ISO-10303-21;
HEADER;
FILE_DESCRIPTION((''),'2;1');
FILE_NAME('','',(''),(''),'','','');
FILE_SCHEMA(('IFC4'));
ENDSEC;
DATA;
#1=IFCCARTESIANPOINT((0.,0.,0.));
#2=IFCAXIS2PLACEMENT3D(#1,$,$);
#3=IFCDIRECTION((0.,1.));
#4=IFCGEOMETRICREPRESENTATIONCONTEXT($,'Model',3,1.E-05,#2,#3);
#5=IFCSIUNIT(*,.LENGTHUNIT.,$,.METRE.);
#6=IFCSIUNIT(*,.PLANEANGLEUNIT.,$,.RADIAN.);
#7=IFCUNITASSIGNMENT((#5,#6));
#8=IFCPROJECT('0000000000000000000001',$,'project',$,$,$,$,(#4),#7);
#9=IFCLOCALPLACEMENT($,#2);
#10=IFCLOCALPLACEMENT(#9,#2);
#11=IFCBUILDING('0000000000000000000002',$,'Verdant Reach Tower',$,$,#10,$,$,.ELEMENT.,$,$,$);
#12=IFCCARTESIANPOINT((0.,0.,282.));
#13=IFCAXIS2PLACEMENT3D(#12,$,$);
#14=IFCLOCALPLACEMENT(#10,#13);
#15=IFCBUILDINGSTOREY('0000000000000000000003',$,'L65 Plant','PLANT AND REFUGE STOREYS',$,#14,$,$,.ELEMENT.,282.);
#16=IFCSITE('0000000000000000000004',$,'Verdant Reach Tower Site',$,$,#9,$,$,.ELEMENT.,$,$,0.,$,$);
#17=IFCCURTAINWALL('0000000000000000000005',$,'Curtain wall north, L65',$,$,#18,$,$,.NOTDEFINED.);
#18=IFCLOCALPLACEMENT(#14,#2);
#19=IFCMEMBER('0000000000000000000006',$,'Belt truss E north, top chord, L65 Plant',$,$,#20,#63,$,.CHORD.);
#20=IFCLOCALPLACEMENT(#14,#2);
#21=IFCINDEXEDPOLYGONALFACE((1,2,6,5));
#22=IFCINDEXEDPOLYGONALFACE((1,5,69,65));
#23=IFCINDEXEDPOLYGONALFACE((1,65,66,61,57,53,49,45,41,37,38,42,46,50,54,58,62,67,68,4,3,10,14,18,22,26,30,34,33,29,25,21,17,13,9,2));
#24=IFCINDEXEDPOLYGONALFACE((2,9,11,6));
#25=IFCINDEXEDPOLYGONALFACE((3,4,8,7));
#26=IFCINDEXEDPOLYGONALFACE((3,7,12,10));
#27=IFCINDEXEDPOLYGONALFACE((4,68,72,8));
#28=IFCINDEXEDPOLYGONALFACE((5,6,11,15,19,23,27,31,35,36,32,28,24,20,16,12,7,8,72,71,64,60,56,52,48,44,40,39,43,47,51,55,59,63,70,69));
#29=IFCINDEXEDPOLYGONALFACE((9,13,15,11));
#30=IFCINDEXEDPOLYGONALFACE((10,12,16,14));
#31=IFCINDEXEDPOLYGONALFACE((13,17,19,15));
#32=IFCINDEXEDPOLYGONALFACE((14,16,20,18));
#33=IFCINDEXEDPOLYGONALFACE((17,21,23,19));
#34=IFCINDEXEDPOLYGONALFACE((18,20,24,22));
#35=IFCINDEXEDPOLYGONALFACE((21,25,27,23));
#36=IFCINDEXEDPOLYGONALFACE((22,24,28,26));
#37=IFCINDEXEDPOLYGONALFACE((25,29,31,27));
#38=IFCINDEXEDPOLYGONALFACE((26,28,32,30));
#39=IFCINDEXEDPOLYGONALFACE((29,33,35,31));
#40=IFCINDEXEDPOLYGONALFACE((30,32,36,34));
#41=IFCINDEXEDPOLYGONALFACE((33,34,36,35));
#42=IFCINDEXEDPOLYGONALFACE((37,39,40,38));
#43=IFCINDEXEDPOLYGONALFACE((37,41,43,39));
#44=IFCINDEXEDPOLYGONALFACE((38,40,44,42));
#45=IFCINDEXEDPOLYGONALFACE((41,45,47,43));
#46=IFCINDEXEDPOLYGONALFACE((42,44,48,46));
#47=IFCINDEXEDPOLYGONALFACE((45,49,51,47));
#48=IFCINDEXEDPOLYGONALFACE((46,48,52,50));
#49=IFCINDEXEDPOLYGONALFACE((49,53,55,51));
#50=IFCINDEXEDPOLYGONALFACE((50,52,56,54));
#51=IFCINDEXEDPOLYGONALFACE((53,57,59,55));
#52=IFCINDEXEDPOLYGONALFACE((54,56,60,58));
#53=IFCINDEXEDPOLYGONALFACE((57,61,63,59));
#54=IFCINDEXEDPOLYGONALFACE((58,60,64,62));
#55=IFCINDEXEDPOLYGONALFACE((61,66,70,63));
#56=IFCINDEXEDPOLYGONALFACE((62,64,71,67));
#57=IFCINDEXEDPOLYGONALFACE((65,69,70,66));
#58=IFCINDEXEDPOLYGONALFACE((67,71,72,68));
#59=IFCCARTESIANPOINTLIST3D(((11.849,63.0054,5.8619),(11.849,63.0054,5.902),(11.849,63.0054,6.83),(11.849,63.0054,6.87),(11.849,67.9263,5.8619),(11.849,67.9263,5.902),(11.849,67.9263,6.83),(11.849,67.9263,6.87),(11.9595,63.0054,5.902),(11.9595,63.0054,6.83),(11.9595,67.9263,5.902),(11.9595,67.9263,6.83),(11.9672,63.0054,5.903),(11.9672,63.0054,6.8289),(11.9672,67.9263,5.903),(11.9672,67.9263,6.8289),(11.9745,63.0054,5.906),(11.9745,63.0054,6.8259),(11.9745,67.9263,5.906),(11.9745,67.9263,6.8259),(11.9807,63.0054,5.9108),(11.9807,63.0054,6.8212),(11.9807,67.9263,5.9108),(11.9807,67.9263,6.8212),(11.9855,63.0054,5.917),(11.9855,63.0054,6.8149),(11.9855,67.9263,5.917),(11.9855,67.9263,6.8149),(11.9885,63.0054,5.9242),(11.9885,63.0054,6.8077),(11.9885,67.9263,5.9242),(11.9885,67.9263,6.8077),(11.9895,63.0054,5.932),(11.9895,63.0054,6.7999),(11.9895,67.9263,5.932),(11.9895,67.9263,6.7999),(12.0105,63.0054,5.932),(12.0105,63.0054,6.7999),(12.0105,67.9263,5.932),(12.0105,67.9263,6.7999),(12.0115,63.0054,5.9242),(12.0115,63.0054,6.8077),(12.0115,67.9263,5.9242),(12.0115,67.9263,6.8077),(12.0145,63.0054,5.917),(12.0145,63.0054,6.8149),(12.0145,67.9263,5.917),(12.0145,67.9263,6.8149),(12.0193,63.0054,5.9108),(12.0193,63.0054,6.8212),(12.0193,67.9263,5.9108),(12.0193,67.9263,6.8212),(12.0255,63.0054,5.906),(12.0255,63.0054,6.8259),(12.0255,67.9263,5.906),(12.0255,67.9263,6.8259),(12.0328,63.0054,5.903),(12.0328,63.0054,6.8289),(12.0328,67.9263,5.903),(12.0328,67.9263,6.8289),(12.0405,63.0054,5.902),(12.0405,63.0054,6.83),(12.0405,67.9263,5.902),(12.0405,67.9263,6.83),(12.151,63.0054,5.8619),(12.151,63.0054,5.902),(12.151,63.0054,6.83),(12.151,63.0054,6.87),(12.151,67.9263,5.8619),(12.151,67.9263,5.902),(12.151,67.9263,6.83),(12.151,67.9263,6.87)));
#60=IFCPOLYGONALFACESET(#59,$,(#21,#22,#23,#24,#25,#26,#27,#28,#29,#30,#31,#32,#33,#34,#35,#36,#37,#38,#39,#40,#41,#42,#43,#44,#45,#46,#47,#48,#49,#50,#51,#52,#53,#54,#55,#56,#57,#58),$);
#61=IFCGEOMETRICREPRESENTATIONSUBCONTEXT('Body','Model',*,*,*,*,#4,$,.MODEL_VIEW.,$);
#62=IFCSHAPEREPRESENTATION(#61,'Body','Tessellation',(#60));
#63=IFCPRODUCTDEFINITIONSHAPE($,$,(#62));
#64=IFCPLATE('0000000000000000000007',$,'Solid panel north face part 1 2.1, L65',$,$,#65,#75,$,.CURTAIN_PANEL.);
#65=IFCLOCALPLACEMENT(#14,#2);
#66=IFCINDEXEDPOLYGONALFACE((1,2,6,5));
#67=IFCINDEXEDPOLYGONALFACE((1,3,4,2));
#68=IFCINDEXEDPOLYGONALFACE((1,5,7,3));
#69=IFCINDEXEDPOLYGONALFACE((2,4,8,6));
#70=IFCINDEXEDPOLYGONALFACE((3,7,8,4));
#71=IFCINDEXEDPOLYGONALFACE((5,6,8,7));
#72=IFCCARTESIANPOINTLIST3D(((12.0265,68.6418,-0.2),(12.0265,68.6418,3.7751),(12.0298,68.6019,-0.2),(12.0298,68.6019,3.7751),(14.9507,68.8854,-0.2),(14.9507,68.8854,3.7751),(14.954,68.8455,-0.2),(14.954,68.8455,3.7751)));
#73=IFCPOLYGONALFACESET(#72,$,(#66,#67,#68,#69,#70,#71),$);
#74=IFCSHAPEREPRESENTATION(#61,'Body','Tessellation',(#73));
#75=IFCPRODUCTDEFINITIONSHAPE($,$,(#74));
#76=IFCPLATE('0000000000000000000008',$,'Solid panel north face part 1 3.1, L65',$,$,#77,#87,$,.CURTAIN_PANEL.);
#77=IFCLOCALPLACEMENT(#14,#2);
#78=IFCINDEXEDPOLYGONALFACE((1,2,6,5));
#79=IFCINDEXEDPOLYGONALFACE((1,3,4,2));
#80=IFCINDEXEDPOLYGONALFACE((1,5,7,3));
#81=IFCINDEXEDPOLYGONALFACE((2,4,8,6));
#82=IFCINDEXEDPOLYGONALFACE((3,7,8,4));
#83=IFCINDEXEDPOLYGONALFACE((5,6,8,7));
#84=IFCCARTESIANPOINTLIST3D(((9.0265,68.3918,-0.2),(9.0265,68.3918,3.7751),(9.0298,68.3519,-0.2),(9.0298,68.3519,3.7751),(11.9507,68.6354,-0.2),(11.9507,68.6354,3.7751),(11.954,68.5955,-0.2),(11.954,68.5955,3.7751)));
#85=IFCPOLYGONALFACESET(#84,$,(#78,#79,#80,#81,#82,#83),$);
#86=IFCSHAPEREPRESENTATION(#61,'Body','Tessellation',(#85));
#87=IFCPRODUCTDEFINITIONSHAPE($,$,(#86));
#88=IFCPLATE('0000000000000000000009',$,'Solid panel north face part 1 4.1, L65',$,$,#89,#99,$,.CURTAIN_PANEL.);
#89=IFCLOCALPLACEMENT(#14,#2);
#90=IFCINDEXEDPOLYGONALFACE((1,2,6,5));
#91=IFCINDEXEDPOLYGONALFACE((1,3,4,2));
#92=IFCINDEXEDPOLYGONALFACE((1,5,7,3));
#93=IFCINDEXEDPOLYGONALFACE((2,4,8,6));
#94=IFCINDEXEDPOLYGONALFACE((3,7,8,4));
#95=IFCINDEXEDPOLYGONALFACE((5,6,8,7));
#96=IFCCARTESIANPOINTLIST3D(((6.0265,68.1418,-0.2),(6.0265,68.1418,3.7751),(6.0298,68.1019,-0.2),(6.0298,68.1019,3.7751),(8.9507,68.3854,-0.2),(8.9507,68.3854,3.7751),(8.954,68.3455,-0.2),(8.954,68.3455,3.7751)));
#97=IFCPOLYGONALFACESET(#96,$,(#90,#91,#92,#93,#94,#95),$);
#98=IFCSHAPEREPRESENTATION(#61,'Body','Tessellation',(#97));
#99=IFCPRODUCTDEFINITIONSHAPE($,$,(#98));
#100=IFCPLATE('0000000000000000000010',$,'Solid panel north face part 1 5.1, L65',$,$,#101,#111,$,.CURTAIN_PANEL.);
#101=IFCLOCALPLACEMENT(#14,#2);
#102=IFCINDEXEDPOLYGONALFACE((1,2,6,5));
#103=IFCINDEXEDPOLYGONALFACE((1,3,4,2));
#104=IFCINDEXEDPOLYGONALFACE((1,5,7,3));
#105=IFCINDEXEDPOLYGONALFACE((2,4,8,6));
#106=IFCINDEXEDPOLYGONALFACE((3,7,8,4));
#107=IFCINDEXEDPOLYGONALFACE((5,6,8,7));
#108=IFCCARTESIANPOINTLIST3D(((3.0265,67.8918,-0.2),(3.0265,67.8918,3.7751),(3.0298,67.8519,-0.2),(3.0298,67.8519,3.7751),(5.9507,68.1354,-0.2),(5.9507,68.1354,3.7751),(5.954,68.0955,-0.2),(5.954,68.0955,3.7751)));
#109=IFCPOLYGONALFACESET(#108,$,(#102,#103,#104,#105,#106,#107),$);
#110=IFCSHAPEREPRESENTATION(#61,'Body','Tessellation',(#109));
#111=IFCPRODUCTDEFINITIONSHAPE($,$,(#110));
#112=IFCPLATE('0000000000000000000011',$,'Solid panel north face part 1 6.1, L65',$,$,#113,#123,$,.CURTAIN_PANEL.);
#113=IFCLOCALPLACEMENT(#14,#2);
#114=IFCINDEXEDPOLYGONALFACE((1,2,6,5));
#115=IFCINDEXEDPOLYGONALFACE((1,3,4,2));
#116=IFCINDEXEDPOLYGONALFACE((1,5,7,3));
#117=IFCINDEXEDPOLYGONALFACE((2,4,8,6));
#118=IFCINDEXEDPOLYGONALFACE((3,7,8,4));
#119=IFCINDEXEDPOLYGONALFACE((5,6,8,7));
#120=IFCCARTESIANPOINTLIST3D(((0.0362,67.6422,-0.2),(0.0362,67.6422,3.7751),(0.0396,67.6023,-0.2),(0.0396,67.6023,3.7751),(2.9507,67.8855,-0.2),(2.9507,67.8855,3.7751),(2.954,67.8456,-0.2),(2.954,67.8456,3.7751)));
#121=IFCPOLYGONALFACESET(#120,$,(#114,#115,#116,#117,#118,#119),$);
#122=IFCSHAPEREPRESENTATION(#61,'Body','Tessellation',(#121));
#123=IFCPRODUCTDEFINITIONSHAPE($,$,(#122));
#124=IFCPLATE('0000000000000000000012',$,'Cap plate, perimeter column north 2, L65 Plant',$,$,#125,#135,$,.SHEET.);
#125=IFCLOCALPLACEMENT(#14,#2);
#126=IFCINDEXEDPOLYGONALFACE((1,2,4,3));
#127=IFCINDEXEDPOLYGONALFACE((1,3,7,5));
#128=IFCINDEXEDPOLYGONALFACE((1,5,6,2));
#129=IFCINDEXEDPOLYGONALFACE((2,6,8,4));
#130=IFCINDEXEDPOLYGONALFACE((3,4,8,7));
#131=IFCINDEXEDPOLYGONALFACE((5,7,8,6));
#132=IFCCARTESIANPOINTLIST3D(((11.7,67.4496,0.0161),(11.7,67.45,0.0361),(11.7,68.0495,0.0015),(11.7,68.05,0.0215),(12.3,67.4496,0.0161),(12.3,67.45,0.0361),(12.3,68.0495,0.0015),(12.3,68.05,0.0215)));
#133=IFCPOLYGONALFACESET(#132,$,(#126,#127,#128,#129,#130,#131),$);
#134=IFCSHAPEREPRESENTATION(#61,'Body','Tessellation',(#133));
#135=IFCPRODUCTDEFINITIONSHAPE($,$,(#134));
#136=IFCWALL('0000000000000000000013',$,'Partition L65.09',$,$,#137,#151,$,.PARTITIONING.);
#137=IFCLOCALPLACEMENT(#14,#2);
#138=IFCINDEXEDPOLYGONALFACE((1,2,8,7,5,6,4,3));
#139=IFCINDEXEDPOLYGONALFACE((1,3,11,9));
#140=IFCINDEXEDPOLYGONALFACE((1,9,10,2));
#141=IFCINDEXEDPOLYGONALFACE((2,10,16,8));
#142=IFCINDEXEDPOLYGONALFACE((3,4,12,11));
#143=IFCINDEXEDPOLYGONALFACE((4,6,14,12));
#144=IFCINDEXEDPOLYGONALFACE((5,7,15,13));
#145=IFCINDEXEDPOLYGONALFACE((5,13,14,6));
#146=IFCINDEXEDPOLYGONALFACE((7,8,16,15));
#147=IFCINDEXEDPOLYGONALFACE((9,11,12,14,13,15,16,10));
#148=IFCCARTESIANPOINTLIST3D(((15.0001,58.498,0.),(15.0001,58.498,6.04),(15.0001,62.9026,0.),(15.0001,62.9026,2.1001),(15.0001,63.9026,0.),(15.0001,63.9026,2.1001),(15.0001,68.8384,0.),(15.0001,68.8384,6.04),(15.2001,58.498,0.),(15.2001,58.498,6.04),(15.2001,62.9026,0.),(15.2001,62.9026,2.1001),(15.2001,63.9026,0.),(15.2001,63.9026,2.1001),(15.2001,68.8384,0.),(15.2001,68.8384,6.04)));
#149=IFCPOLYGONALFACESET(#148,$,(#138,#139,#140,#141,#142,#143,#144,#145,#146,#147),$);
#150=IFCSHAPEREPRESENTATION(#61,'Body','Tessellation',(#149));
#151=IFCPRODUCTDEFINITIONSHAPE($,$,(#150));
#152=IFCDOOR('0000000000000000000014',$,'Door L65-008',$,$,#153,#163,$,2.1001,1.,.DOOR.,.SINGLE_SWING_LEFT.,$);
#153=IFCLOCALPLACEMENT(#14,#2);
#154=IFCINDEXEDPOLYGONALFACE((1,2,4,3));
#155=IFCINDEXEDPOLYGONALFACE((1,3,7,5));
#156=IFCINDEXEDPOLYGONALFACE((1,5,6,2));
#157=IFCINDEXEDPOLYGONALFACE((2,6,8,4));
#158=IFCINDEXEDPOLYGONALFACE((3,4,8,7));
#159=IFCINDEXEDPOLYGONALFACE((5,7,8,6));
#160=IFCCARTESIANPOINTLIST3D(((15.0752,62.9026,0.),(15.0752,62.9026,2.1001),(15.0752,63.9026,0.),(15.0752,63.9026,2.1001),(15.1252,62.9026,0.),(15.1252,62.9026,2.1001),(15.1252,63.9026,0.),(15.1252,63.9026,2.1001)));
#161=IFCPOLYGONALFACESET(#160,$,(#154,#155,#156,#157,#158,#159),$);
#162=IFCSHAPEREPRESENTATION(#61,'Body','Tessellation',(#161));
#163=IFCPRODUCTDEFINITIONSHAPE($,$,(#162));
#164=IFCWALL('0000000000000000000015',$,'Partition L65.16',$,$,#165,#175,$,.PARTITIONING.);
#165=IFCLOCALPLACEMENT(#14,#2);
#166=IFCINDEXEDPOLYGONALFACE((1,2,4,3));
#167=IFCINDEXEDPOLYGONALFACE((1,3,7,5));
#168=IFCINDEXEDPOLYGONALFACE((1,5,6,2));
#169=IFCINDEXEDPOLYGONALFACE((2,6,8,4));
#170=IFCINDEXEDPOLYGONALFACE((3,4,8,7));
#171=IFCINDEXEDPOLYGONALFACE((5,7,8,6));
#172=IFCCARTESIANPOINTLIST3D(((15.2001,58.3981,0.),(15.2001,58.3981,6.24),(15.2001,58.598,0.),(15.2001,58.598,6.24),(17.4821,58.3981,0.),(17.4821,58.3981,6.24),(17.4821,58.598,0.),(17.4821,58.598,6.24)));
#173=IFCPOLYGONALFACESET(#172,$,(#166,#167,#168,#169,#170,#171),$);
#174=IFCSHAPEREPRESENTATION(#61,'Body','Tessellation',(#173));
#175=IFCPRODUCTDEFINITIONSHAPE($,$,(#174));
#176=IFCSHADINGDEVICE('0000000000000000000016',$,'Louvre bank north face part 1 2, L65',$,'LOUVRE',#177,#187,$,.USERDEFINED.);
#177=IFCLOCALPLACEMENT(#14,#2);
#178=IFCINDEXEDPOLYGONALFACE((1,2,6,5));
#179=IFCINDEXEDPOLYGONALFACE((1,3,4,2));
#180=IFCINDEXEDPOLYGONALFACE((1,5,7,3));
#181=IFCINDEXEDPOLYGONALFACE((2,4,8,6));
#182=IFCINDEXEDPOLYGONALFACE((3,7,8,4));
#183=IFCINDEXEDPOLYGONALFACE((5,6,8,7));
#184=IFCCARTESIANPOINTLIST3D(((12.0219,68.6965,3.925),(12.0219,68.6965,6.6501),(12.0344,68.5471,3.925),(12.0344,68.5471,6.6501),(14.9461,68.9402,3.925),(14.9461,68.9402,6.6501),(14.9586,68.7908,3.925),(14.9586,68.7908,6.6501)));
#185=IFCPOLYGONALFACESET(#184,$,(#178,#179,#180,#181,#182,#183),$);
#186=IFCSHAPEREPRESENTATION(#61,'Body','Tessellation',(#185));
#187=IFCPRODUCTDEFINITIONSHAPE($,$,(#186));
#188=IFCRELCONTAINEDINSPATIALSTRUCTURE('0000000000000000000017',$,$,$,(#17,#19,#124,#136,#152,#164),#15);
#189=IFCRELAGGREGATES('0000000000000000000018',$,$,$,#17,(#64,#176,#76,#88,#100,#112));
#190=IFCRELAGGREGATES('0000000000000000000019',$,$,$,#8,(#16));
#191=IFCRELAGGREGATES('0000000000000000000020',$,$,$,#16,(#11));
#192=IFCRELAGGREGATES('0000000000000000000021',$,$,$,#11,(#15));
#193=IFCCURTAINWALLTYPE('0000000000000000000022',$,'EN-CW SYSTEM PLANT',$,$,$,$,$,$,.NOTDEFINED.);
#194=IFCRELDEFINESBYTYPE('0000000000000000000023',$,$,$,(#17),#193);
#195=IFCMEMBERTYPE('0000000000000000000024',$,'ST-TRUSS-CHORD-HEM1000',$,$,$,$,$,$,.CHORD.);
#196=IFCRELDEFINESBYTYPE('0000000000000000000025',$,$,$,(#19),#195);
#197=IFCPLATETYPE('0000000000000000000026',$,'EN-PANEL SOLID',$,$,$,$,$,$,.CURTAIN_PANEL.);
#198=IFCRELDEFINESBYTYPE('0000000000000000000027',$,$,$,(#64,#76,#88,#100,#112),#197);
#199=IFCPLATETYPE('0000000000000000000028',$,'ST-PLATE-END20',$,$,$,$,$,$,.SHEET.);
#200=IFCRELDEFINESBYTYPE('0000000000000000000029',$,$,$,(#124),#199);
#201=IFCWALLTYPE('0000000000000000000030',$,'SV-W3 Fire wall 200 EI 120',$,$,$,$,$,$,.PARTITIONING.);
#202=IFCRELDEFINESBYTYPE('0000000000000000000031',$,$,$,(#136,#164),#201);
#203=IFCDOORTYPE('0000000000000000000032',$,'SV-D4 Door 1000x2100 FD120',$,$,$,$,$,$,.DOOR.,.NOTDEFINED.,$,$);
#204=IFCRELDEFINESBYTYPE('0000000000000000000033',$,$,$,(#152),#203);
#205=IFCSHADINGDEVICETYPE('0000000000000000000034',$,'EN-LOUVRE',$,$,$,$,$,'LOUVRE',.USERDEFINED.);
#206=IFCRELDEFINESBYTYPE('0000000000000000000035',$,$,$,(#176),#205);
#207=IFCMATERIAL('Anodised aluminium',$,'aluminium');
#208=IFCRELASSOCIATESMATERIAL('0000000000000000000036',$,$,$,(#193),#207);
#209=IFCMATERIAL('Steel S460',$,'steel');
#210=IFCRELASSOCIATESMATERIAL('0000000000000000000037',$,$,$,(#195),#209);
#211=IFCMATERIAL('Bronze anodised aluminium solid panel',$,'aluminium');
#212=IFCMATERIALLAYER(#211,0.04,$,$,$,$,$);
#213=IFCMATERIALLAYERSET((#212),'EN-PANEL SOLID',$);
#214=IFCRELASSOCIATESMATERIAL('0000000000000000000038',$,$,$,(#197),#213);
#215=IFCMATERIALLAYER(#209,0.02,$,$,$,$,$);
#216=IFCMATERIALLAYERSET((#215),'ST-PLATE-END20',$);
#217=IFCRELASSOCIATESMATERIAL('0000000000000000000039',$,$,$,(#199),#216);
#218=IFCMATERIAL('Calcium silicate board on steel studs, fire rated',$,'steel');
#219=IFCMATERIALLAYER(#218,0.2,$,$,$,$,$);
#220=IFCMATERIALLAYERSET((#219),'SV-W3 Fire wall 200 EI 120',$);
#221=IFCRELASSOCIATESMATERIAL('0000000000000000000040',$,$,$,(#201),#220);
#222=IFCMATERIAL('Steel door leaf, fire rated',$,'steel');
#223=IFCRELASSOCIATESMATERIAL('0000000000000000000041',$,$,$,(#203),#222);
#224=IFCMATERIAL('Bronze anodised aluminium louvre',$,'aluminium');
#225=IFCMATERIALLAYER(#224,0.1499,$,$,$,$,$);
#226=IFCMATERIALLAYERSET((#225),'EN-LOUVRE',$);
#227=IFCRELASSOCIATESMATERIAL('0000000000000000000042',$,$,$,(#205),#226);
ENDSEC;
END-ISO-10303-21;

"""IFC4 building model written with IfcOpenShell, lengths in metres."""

from ifc_helpers import new_model, si_unit, direction, frame, frame_2d, origin, origin_2d, place, context, subcontext, project, spatial, rectangle, i_section, extrude, material, layer, layer_set, material_profile, profile_set, type_object, element, fill, aggregate, save


model = new_model("IFC4")

# Units and contexts
model_context = context("Model", 3, precision=1e-05, world=origin(), true_north=direction((0.0, 1.0)))
body_context = subcontext(model_context, "Body", "Model", "MODEL_VIEW")
ifc_project = project(units=[si_unit("LENGTHUNIT", "METRE"), si_unit("PLANEANGLEUNIT", "RADIAN")], contexts=[model_context])

# Site, building, storey
site_placement = place(None, origin())
site = spatial("IfcSite", under=ifc_project, at=site_placement, Name="Verdant Reach Tower Site", CompositionType="ELEMENT", RefElevation=0.0)
building_placement = place(site_placement, origin())
building = spatial("IfcBuilding", under=site, at=building_placement, Name="Verdant Reach Tower", CompositionType="ELEMENT")
storey_placement = place(building_placement, frame((0.0, 0.0, 282.0)))
storey = spatial("IfcBuildingStorey", under=building, at=storey_placement, Name="L65 Plant", Description="PLANT AND REFUGE STOREYS", CompositionType="ELEMENT", Elevation=282.0)

# Shared definitions
ifc_material_1 = material(Name="Steel S460", Category="steel")

# Curtain wall
ifc_material_2 = material(Name="Anodised aluminium", Category="aluminium")
curtain_wall_type = type_object("IfcCurtainWallType", Name="EN-CW SYSTEM PLANT", PredefinedType="NOTDEFINED", material=ifc_material_2)
curtain_wall_placement = place(storey_placement, origin())
curtain_wall = element("IfcCurtainWall", 1, at=curtain_wall_placement, inside=storey, type_object=curtain_wall_type, Name="Curtain wall north, L65", PredefinedType="NOTDEFINED")

# Member
ifc_material_profile_1 = material_profile(ifc_material_1, i_section(OverallWidth=0.302, OverallDepth=1.0081, WebThickness=0.021, FlangeThickness=0.04, FilletRadius=0.03, at=origin_2d()), Name="HEM 1000")
ifc_profile_set_1 = profile_set([ifc_material_profile_1], Name="Steel S460")
member_type_1 = type_object("IfcMemberType", Name="ST-TRUSS-CHORD-HEM1000", PredefinedType="CHORD", material=ifc_profile_set_1)
member_1_placement = place(storey_placement, frame((12.0, 63.0054, 6.366), z_axis=(0.0, 1.0, 0.0), x_axis=(-1.0, 0.0, 0.0)))
element("IfcMember", 2, at=member_1_placement, inside=storey, type_object=member_type_1, Name="Belt truss E north, top chord, L65 Plant", PredefinedType="CHORD", context=body_context, shape_type="SweptSolid", body=[
    extrude(i_section(OverallWidth=0.302, OverallDepth=1.0081, WebThickness=0.021, FlangeThickness=0.04, FilletRadius=0.03, at=origin_2d()), origin(), (0.0, 0.0, 1.0), 4.9209),
])

# Plates
ifc_material_3 = material(Name="Bronze anodised aluminium solid panel", Category="aluminium")
ifc_layer_1 = layer(ifc_material_3, 0.04)
ifc_layer_set_1 = layer_set([ifc_layer_1], Name="EN-PANEL SOLID")
plate_type_1 = type_object("IfcPlateType", Name="EN-PANEL SOLID", PredefinedType="CURTAIN_PANEL", material=ifc_layer_set_1)
plate_1_placement = place(storey_placement, frame((13.4902, 68.7437, -0.2), z_axis=(0.0, 0.0, 1.0), x_axis=(-0.996546, -0.083045, 0.0)))
plate_1 = element("IfcPlate", 3, at=plate_1_placement, type_object=plate_type_1, Name="Solid panel north face part 1 2.1, L65", PredefinedType="CURTAIN_PANEL", context=body_context, shape_type="SweptSolid", body=[
    extrude(rectangle(XDim=2.9343, YDim=0.04, at=origin_2d()), origin(), (0.0, 0.0, 1.0), 3.9751),
])
plate_2_placement = place(storey_placement, frame((10.4902, 68.4937, -0.2), z_axis=(0.0, 0.0, 1.0), x_axis=(-0.996546, -0.083045, 0.0)))
plate_2 = element("IfcPlate", 4, at=plate_2_placement, type_object=plate_type_1, Name="Solid panel north face part 1 3.1, L65", PredefinedType="CURTAIN_PANEL", context=body_context, shape_type="SweptSolid", body=[
    extrude(rectangle(XDim=2.9343, YDim=0.04, at=origin_2d()), origin(), (0.0, 0.0, 1.0), 3.9751),
])
plate_3_placement = place(storey_placement, frame((7.4902, 68.2437, -0.2), z_axis=(0.0, 0.0, 1.0), x_axis=(-0.996546, -0.083045, 0.0)))
plate_3 = element("IfcPlate", 5, at=plate_3_placement, type_object=plate_type_1, Name="Solid panel north face part 1 4.1, L65", PredefinedType="CURTAIN_PANEL", context=body_context, shape_type="SweptSolid", body=[
    extrude(rectangle(XDim=2.9343, YDim=0.04, at=origin_2d()), origin(), (0.0, 0.0, 1.0), 3.9751),
])
plate_4_placement = place(storey_placement, frame((4.4902, 67.9937, -0.2), z_axis=(0.0, 0.0, 1.0), x_axis=(-0.996546, -0.083045, 0.0)))
plate_4 = element("IfcPlate", 6, at=plate_4_placement, type_object=plate_type_1, Name="Solid panel north face part 1 5.1, L65", PredefinedType="CURTAIN_PANEL", context=body_context, shape_type="SweptSolid", body=[
    extrude(rectangle(XDim=2.9343, YDim=0.04, at=origin_2d()), origin(), (0.0, 0.0, 1.0), 3.9751),
])
plate_5_placement = place(storey_placement, frame((1.4951, 67.7439, -0.2), z_axis=(0.0, 0.0, 1.0), x_axis=(-0.996534, -0.083182, 0.0)))
plate_5 = element("IfcPlate", 7, at=plate_5_placement, type_object=plate_type_1, Name="Solid panel north face part 1 6.1, L65", PredefinedType="CURTAIN_PANEL", context=body_context, shape_type="SweptSolid", body=[
    extrude(rectangle(XDim=2.9246, YDim=0.04, at=origin_2d()), origin(), (0.0, 0.0, 1.0), 3.9751),
])
ifc_layer_2 = layer(ifc_material_1, 0.02)
ifc_layer_set_2 = layer_set([ifc_layer_2], Name="ST-PLATE-END20")
plate_type_2 = type_object("IfcPlateType", Name="ST-PLATE-END20", PredefinedType="SHEET", material=ifc_layer_set_2)
plate_6_placement = place(storey_placement, frame((12.0, 67.7495, 0.0088), z_axis=(0.0, 0.024383, 0.999703), x_axis=(-1.0, 0.0, 0.0)))
element("IfcPlate", 8, at=plate_6_placement, inside=storey, type_object=plate_type_2, Name="Cap plate, perimeter column north 2, L65 Plant", PredefinedType="SHEET", context=body_context, shape_type="SweptSolid", body=[
    extrude(rectangle(XDim=0.6001, YDim=0.6001, at=origin_2d()), origin(), (0.0, 0.0, 1.0), 0.02),
])

# Wall, opening, door
ifc_material_4 = material(Name="Calcium silicate board on steel studs, fire rated", Category="steel")
ifc_layer_3 = layer(ifc_material_4, 0.2)
ifc_layer_set_3 = layer_set([ifc_layer_3], Name="SV-W3 Fire wall 200 EI 120")
wall_type = type_object("IfcWallType", Name="SV-W3 Fire wall 200 EI 120", PredefinedType="PARTITIONING", material=ifc_layer_set_3)
wall_1_placement = place(storey_placement, frame((15.1001, 58.498, 0.0), z_axis=(0.0, 0.0, 1.0), x_axis=(0.0, 1.0, 0.0)))
wall_1 = element("IfcWall", 9, at=wall_1_placement, inside=storey, type_object=wall_type, Name="Partition L65.09", PredefinedType="PARTITIONING", context=body_context, shape_type="SweptSolid", body=[
    extrude(rectangle(XDim=10.3403, YDim=0.2, at=frame_2d((5.1702, 0.0))), origin(), (0.0, 0.0, 1.0), 6.04),
])
opening_placement = place(wall_1_placement, frame((4.4045, 0.0, 0.0)))
opening = element("IfcOpeningElement", 10, at=opening_placement, cuts=wall_1, PredefinedType="OPENING", context=body_context, shape_type="SweptSolid", body=[
    extrude(rectangle(XDim=1.0, YDim=2.1001, at=frame_2d((0.5, 1.05))), frame((0.0, 0.1099, 0.0), z_axis=(0.0, -1.0, 0.0), x_axis=(1.0, 0.0, 0.0)), (0.0, 0.0, 1.0), 0.22),
])
ifc_material_5 = material(Name="Steel door leaf, fire rated", Category="steel")
door_type = type_object("IfcDoorType", Name="SV-D4 Door 1000x2100 FD120", OperationType="NOTDEFINED", PredefinedType="DOOR", material=ifc_material_5)
door_placement = place(opening_placement, origin())
door = element("IfcDoor", 11, at=door_placement, inside=storey, type_object=door_type, Name="Door L65-008", OperationType="SINGLE_SWING_LEFT", OverallHeight=2.1001, OverallWidth=1.0, PredefinedType="DOOR", context=body_context, shape_type="SweptSolid", body=[
    extrude(rectangle(XDim=1.0, YDim=2.1001, at=frame_2d((0.5, 1.05))), frame((0.0, 0.0249, 0.0), z_axis=(0.0, -1.0, 0.0), x_axis=(1.0, 0.0, 0.0)), (0.0, 0.0, 1.0), 0.05),
])
fill(opening, door)

# Wall
wall_2_placement = place(storey_placement, frame((15.2, 58.498, 0.0), z_axis=(0.0, 0.0, 1.0), x_axis=(1.0, 0.0, 0.0)))
element("IfcWall", 12, at=wall_2_placement, inside=storey, type_object=wall_type, Name="Partition L65.16", PredefinedType="PARTITIONING", context=body_context, shape_type="SweptSolid", body=[
    extrude(rectangle(XDim=2.282, YDim=0.2, at=frame_2d((1.1411, 0.0))), origin(), (0.0, 0.0, 1.0), 6.24),
])

# Shading device
ifc_material_6 = material(Name="Bronze anodised aluminium louvre", Category="aluminium")
ifc_layer_4 = layer(ifc_material_6, 0.1499)
ifc_layer_set_4 = layer_set([ifc_layer_4], Name="EN-LOUVRE")
shading_device_type = type_object("IfcShadingDeviceType", Name="EN-LOUVRE", ElementType="LOUVRE", PredefinedType="USERDEFINED", material=ifc_layer_set_4)
shading_device_1_placement = place(storey_placement, frame((13.4902, 68.7437, 3.925), z_axis=(0.0, 0.0, 1.0), x_axis=(-0.996546, -0.083045, 0.0)))
shading_device_1 = element("IfcShadingDevice", 13, at=shading_device_1_placement, type_object=shading_device_type, Name="Louvre bank north face part 1 2, L65", ObjectType="LOUVRE", PredefinedType="USERDEFINED", context=body_context, shape_type="SweptSolid", body=[
    extrude(rectangle(XDim=2.9343, YDim=0.1499, at=origin_2d()), origin(), (0.0, 0.0, 1.0), 2.7251),
])
aggregate(curtain_wall, [plate_1, shading_device_1, plate_2, plate_3, plate_4, plate_5])

save(model, "model.ifc")
